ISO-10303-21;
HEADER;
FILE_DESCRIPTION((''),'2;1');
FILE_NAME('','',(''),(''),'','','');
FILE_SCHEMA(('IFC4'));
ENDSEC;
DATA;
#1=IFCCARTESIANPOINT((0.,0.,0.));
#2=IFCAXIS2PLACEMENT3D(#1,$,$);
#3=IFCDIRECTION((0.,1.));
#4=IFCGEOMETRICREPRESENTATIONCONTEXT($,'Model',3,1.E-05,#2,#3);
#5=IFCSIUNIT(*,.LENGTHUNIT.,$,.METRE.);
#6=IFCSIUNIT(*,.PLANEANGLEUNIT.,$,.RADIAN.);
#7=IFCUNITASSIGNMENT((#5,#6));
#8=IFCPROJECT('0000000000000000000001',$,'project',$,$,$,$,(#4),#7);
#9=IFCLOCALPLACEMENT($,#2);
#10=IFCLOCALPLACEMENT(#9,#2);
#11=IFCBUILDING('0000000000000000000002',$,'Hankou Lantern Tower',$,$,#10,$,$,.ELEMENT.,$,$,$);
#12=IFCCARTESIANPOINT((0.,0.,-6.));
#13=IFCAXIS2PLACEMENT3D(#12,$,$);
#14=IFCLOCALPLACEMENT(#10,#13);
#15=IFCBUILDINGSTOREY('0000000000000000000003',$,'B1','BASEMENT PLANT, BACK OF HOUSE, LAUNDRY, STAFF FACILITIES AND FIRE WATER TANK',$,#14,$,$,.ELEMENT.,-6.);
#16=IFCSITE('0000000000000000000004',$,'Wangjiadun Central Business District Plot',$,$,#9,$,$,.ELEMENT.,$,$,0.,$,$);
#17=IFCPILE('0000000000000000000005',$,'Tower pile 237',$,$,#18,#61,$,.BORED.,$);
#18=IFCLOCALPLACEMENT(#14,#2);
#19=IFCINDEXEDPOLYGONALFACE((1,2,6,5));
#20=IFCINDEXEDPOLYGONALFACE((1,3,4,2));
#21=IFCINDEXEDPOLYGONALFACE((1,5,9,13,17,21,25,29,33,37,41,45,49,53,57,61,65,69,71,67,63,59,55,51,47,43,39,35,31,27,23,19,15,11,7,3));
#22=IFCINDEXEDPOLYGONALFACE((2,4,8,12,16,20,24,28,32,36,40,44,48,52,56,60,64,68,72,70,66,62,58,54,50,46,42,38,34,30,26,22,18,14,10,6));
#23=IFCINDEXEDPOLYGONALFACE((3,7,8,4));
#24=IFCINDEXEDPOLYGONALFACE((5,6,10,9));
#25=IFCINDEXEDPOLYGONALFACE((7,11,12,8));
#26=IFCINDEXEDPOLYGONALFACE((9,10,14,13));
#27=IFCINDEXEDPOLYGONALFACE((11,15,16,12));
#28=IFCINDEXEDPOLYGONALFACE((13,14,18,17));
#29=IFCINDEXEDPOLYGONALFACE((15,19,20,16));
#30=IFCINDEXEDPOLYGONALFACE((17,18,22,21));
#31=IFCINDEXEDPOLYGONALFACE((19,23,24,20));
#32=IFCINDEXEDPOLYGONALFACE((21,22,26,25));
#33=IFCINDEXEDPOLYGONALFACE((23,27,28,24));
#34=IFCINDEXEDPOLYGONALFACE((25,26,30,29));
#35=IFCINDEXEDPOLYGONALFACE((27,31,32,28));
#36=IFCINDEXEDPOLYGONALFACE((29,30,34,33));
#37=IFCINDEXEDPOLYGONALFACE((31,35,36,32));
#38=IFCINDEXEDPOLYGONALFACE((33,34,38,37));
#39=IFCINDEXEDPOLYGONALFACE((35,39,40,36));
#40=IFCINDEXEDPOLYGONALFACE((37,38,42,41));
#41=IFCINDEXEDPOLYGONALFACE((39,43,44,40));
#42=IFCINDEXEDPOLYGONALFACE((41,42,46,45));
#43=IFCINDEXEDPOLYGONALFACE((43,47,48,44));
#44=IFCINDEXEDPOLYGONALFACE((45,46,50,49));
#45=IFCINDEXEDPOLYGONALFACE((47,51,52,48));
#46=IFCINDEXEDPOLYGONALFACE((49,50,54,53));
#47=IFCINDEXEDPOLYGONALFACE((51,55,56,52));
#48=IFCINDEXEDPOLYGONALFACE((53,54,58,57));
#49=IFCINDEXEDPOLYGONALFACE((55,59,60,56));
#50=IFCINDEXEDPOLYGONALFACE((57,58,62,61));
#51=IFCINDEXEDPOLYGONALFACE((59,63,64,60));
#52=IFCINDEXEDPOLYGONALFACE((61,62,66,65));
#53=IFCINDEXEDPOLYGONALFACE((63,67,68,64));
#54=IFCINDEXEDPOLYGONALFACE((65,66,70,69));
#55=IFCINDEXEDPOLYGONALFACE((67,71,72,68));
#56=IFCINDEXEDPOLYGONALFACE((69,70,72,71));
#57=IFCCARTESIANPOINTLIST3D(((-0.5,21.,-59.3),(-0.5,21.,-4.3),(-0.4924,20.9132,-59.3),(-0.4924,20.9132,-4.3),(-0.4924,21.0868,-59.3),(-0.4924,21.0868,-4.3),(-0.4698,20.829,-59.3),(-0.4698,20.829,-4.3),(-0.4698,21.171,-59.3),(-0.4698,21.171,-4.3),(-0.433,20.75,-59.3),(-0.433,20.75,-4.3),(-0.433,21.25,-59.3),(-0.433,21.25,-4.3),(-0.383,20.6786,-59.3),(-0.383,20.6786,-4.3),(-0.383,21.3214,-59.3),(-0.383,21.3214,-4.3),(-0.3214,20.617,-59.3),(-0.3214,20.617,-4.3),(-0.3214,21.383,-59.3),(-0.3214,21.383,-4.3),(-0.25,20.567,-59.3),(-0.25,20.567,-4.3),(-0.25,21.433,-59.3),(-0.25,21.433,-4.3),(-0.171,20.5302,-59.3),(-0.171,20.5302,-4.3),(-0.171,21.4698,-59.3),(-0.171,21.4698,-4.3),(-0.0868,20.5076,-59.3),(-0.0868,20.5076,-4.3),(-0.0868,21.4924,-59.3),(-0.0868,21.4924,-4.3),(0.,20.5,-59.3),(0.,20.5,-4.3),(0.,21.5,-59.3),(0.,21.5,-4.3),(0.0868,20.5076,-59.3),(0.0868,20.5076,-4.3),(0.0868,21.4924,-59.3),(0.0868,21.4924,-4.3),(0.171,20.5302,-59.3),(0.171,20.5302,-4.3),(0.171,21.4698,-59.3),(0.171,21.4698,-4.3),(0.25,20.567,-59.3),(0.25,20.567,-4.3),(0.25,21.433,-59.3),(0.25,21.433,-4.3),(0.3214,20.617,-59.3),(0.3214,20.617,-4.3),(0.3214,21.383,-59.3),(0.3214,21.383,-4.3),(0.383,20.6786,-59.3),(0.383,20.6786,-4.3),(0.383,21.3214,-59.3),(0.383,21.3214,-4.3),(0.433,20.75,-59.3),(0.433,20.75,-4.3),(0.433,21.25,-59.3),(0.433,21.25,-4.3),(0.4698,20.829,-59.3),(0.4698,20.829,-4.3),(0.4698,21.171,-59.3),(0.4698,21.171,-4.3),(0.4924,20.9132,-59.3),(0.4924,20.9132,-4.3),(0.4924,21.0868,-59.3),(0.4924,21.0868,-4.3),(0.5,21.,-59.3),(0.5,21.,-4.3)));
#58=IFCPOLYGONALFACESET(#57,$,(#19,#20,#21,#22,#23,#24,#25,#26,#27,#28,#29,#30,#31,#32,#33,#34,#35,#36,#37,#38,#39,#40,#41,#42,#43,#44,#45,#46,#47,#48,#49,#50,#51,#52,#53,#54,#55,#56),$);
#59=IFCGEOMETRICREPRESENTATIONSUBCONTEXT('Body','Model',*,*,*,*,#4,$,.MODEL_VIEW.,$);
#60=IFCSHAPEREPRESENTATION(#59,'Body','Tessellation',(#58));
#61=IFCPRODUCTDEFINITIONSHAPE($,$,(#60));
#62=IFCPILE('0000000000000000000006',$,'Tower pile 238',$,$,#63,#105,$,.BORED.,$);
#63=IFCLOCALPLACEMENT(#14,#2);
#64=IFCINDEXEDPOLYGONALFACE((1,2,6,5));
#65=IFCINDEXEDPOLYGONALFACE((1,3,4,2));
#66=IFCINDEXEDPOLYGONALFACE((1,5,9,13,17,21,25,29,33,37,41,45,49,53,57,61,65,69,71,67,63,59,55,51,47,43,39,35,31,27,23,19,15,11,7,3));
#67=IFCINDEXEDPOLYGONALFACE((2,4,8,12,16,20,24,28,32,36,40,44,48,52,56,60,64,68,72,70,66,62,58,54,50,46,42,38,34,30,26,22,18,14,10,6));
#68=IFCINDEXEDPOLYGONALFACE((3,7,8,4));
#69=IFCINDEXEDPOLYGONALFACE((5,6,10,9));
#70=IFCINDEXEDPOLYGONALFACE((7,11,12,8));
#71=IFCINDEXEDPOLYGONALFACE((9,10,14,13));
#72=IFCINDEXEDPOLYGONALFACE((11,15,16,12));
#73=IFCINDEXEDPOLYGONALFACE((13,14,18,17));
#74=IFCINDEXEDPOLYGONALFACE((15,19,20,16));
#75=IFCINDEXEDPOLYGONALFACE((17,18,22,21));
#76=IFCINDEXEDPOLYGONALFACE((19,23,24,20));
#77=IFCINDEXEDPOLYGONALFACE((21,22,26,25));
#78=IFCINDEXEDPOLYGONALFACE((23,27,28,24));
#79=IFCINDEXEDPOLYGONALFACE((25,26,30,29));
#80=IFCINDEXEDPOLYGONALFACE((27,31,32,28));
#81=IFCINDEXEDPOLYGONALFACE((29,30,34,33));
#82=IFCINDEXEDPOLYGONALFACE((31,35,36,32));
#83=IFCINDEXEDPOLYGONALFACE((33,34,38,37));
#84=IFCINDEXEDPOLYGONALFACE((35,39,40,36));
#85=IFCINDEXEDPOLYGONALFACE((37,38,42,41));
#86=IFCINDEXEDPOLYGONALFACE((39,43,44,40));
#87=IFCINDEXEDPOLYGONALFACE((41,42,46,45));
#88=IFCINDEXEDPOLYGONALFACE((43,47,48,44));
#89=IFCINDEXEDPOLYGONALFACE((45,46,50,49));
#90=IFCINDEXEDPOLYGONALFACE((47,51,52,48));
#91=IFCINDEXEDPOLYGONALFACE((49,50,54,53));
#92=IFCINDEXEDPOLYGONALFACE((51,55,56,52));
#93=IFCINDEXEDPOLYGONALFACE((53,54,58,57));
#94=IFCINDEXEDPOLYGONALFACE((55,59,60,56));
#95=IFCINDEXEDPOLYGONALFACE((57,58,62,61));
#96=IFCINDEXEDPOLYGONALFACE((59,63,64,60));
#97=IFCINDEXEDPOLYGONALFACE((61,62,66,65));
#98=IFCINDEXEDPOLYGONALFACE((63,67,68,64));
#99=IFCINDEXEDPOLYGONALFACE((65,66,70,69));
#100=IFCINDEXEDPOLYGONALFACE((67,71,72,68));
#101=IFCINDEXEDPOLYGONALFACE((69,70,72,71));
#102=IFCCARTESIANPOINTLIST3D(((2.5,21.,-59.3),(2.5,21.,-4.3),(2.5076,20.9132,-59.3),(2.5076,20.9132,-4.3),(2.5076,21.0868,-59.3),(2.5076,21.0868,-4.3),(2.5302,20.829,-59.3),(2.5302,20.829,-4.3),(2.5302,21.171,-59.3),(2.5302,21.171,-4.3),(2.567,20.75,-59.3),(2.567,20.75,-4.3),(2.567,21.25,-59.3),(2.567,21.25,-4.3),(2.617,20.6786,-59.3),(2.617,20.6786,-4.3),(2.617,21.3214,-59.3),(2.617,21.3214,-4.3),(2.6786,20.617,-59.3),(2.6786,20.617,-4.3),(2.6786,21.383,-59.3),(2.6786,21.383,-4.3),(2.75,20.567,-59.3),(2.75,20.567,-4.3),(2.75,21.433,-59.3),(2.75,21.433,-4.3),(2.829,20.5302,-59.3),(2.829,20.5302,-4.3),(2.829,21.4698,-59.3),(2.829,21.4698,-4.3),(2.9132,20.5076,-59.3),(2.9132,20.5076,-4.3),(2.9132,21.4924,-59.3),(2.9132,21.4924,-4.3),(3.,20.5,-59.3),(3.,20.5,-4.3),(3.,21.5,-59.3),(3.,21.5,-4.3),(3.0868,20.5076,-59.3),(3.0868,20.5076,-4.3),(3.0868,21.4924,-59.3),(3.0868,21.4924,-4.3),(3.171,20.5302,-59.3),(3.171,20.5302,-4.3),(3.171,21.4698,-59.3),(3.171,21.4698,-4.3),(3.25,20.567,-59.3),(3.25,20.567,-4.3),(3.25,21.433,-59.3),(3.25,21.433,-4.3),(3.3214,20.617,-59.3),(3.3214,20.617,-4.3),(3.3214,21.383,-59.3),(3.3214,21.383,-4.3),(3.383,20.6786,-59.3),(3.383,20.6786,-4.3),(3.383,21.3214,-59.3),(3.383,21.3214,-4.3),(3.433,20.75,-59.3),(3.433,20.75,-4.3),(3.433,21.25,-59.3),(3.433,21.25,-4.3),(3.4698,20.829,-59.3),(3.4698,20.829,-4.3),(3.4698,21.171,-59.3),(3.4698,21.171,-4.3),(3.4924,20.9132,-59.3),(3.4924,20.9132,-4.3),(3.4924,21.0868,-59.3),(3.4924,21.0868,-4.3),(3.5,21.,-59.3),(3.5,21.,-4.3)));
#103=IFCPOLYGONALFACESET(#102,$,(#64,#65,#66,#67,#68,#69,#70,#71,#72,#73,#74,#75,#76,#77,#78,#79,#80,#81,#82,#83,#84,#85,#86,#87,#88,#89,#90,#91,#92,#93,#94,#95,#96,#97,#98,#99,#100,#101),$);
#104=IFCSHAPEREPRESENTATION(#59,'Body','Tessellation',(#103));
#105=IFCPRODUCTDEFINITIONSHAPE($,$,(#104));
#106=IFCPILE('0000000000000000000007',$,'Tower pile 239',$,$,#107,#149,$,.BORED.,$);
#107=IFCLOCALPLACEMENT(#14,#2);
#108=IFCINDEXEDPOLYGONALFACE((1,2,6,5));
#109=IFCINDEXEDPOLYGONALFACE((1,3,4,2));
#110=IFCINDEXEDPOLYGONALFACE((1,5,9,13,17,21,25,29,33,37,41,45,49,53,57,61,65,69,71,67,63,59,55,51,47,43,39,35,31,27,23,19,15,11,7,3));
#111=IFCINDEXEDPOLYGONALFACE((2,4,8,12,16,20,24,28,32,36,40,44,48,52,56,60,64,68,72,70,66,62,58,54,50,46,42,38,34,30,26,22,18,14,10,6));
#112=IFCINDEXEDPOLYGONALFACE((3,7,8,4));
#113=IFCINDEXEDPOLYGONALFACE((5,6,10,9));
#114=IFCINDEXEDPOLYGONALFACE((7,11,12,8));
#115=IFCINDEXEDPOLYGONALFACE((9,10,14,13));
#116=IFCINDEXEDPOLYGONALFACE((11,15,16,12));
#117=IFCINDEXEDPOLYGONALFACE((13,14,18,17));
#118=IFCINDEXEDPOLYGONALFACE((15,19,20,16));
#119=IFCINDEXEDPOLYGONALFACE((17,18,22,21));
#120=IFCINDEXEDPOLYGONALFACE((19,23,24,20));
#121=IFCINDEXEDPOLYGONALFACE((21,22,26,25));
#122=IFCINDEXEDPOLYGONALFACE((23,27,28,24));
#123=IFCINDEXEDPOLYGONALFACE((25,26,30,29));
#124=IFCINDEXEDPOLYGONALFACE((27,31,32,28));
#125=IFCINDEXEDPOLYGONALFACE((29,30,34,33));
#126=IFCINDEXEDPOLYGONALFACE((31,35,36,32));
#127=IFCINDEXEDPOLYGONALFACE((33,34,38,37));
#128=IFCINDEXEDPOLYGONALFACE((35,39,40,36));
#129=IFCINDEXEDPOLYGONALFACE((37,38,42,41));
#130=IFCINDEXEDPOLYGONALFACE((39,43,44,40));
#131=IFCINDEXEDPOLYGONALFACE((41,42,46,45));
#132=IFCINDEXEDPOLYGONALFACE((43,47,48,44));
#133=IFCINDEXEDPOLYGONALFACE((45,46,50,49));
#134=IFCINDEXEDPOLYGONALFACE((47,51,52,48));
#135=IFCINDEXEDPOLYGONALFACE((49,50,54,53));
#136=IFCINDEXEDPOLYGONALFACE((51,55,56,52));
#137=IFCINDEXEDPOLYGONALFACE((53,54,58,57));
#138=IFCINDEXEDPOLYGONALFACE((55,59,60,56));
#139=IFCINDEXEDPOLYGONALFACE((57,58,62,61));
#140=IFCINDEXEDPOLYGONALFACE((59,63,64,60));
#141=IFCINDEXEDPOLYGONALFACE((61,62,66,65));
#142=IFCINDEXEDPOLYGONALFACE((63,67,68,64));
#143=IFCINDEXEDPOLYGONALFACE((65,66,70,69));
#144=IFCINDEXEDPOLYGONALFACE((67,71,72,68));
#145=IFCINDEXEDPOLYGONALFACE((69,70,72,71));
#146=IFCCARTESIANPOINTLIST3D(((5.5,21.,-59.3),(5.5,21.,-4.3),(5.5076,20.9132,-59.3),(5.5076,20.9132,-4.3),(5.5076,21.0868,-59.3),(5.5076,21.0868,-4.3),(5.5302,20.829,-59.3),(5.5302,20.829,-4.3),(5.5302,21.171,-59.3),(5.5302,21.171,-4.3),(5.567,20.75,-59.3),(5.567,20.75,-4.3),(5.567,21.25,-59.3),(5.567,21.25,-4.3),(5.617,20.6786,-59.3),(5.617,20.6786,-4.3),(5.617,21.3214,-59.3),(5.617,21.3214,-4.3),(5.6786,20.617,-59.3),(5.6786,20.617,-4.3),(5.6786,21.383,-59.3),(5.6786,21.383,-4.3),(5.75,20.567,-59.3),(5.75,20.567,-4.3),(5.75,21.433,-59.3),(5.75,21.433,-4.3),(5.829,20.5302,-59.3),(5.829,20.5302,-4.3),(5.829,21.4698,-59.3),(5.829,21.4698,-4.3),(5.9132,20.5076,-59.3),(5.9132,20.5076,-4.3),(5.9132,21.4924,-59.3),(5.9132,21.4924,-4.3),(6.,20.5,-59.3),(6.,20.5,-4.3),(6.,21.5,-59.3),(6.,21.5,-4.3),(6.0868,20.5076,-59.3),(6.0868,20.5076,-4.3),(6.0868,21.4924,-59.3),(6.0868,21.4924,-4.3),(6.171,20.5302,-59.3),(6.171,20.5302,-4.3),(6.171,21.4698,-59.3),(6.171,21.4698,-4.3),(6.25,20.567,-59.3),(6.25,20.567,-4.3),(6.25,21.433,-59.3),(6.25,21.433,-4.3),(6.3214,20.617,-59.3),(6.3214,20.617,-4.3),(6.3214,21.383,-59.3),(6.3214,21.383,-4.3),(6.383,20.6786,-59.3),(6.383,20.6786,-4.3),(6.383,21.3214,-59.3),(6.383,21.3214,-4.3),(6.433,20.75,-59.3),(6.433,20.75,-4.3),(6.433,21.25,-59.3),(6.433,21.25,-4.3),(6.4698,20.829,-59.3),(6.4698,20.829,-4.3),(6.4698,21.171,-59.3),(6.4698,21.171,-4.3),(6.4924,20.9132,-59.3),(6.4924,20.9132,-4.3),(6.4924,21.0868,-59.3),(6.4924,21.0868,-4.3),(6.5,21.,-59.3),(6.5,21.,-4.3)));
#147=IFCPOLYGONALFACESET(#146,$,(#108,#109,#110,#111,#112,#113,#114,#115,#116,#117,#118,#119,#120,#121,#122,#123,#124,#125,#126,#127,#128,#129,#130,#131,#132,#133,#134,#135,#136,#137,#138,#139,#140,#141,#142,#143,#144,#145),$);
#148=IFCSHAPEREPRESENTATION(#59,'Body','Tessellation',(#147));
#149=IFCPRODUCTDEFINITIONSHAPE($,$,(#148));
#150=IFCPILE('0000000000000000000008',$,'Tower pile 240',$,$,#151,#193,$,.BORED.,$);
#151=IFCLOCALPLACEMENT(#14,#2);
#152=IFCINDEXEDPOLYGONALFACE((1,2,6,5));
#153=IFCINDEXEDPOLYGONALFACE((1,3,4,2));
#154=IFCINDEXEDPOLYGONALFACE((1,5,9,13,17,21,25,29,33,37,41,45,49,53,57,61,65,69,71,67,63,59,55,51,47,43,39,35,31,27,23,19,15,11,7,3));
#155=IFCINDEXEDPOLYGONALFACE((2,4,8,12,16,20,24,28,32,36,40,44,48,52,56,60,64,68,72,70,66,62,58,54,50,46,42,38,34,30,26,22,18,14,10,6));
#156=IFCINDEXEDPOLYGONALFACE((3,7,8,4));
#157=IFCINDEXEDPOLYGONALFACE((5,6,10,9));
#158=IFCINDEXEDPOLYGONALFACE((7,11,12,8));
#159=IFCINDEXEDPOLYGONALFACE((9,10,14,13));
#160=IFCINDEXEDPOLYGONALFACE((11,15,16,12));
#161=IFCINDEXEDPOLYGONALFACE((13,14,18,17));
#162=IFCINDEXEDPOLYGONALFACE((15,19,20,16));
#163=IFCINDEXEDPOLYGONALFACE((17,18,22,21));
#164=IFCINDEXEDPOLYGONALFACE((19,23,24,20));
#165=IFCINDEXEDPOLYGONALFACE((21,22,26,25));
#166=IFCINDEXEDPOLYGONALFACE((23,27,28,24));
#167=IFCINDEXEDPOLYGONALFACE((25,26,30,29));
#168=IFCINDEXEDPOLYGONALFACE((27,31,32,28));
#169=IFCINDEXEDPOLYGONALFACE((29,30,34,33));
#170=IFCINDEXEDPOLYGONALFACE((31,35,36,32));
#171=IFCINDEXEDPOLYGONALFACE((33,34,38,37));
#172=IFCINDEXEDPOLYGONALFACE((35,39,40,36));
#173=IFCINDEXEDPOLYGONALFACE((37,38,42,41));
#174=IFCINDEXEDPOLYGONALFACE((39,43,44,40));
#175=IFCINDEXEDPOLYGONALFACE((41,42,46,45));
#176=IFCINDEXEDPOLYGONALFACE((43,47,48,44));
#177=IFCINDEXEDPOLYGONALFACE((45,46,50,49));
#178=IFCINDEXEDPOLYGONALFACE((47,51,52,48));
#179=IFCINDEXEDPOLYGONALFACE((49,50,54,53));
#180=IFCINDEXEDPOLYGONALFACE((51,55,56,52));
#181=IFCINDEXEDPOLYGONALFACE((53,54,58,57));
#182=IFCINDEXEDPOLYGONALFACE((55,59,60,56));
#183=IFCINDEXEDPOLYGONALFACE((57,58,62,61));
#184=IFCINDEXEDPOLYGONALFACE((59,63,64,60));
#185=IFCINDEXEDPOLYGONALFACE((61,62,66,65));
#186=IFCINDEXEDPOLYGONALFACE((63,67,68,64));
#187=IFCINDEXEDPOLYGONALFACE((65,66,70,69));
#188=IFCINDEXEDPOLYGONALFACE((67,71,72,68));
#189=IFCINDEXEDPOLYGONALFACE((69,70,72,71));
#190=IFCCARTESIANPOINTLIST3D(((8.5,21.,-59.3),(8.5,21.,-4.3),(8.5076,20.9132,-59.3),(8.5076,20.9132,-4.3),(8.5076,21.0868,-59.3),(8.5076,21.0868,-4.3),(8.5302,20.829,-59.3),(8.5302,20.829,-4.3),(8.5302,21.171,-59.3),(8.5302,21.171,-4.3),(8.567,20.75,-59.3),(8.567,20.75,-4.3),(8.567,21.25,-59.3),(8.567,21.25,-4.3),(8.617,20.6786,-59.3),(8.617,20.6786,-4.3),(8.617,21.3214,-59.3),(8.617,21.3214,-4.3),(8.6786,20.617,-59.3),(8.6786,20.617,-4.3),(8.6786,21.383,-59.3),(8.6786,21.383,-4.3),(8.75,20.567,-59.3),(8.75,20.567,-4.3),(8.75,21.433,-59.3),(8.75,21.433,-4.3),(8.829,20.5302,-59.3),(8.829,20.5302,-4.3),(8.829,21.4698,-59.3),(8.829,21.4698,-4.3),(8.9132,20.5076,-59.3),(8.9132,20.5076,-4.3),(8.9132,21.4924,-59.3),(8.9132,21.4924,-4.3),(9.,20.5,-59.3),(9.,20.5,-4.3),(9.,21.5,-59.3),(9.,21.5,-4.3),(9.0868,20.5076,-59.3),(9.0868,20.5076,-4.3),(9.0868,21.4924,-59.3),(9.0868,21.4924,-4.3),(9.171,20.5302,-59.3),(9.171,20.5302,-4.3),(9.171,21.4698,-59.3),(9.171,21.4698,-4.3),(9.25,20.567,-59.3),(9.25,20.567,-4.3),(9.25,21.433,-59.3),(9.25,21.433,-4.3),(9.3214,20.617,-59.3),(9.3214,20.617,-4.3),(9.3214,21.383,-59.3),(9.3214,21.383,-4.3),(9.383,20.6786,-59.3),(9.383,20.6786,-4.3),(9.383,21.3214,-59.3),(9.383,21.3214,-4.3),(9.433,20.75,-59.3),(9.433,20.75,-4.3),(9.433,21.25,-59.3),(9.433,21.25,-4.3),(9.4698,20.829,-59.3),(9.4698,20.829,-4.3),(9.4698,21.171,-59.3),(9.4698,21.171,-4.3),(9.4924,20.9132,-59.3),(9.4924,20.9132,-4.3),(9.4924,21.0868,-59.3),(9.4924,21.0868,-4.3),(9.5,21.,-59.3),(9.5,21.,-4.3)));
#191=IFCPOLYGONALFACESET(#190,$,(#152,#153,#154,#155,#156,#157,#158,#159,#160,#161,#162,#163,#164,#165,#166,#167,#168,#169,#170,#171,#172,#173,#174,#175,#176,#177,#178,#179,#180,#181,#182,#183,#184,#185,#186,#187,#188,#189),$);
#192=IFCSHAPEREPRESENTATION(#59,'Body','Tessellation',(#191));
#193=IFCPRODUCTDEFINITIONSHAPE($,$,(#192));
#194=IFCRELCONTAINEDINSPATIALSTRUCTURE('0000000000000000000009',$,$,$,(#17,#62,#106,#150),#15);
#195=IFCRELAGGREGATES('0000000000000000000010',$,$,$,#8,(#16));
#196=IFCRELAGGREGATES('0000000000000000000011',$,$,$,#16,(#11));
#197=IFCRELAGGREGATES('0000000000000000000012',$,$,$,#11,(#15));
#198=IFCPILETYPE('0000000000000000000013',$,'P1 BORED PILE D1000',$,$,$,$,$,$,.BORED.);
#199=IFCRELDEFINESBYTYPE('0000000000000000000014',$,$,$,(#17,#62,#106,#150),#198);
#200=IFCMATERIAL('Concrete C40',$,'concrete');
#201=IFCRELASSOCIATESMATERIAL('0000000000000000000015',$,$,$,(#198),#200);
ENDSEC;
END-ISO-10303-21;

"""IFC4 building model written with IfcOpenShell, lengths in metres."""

from ifc_helpers import new_model, si_unit, direction, frame, origin, origin_2d, place, context, subcontext, project, spatial, circle, extrude, material, material_profile, profile_set, type_object, element, save


model = new_model("IFC4")

# Units and contexts
model_context = context("Model", 3, precision=1e-05, world=origin(), true_north=direction((0.0, 1.0)))
body_context = subcontext(model_context, "Body", "Model", "MODEL_VIEW")
ifc_project = project(units=[si_unit("LENGTHUNIT", "METRE"), si_unit("PLANEANGLEUNIT", "RADIAN")], contexts=[model_context])

# Site, building, storey
site_placement = place(None, origin())
site = spatial("IfcSite", under=ifc_project, at=site_placement, Name="Wangjiadun Central Business District Plot", CompositionType="ELEMENT", RefElevation=0.0)
building_placement = place(site_placement, origin())
building = spatial("IfcBuilding", under=site, at=building_placement, Name="Hankou Lantern Tower", CompositionType="ELEMENT")
storey_placement = place(building_placement, frame((0.0, 0.0, -6.0)))
storey = spatial("IfcBuildingStorey", under=building, at=storey_placement, Name="B1", Description="BASEMENT PLANT, BACK OF HOUSE, LAUNDRY, STAFF FACILITIES AND FIRE WATER TANK", CompositionType="ELEMENT", Elevation=-6.0)

# Piles
ifc_material_1 = material(Name="Concrete C40", Category="concrete")
ifc_material_profile_1 = material_profile(ifc_material_1, circle(Radius=0.5, at=origin_2d()), Name="RC D1000")
ifc_profile_set_1 = profile_set([ifc_material_profile_1], Name="Concrete C40")
pile_type = type_object("IfcPileType", Name="P1 BORED PILE D1000", PredefinedType="BORED", material=ifc_profile_set_1)
for number, where, z_axis, x_axis, name in (
    (1, (0.0, 21.0, -4.3), (0.0, 0.0, -1.0), (1.0, 0.0, 0.0), "Tower pile 237"),
    (2, (3.0, 21.0, -4.3), (0.0, 0.0, -1.0), (1.0, 0.0, 0.0), "Tower pile 238"),
    (3, (6.0, 21.0, -4.3), (0.0, 0.0, -1.0), (1.0, 0.0, 0.0), "Tower pile 239"),
    (4, (9.0, 21.0, -4.3), (0.0, 0.0, -1.0), (1.0, 0.0, 0.0), "Tower pile 240"),
):
    element("IfcPile", number, at=place(storey_placement, frame(where, z_axis=z_axis, x_axis=x_axis)), inside=storey, type_object=pile_type, Name=name, PredefinedType="BORED", context=body_context, shape_type="SweptSolid", body=[
        extrude(circle(Radius=0.5, at=origin_2d()), origin(), (0.0, 0.0, 1.0), 55.0),
    ])

save(model, "model.ifc")
